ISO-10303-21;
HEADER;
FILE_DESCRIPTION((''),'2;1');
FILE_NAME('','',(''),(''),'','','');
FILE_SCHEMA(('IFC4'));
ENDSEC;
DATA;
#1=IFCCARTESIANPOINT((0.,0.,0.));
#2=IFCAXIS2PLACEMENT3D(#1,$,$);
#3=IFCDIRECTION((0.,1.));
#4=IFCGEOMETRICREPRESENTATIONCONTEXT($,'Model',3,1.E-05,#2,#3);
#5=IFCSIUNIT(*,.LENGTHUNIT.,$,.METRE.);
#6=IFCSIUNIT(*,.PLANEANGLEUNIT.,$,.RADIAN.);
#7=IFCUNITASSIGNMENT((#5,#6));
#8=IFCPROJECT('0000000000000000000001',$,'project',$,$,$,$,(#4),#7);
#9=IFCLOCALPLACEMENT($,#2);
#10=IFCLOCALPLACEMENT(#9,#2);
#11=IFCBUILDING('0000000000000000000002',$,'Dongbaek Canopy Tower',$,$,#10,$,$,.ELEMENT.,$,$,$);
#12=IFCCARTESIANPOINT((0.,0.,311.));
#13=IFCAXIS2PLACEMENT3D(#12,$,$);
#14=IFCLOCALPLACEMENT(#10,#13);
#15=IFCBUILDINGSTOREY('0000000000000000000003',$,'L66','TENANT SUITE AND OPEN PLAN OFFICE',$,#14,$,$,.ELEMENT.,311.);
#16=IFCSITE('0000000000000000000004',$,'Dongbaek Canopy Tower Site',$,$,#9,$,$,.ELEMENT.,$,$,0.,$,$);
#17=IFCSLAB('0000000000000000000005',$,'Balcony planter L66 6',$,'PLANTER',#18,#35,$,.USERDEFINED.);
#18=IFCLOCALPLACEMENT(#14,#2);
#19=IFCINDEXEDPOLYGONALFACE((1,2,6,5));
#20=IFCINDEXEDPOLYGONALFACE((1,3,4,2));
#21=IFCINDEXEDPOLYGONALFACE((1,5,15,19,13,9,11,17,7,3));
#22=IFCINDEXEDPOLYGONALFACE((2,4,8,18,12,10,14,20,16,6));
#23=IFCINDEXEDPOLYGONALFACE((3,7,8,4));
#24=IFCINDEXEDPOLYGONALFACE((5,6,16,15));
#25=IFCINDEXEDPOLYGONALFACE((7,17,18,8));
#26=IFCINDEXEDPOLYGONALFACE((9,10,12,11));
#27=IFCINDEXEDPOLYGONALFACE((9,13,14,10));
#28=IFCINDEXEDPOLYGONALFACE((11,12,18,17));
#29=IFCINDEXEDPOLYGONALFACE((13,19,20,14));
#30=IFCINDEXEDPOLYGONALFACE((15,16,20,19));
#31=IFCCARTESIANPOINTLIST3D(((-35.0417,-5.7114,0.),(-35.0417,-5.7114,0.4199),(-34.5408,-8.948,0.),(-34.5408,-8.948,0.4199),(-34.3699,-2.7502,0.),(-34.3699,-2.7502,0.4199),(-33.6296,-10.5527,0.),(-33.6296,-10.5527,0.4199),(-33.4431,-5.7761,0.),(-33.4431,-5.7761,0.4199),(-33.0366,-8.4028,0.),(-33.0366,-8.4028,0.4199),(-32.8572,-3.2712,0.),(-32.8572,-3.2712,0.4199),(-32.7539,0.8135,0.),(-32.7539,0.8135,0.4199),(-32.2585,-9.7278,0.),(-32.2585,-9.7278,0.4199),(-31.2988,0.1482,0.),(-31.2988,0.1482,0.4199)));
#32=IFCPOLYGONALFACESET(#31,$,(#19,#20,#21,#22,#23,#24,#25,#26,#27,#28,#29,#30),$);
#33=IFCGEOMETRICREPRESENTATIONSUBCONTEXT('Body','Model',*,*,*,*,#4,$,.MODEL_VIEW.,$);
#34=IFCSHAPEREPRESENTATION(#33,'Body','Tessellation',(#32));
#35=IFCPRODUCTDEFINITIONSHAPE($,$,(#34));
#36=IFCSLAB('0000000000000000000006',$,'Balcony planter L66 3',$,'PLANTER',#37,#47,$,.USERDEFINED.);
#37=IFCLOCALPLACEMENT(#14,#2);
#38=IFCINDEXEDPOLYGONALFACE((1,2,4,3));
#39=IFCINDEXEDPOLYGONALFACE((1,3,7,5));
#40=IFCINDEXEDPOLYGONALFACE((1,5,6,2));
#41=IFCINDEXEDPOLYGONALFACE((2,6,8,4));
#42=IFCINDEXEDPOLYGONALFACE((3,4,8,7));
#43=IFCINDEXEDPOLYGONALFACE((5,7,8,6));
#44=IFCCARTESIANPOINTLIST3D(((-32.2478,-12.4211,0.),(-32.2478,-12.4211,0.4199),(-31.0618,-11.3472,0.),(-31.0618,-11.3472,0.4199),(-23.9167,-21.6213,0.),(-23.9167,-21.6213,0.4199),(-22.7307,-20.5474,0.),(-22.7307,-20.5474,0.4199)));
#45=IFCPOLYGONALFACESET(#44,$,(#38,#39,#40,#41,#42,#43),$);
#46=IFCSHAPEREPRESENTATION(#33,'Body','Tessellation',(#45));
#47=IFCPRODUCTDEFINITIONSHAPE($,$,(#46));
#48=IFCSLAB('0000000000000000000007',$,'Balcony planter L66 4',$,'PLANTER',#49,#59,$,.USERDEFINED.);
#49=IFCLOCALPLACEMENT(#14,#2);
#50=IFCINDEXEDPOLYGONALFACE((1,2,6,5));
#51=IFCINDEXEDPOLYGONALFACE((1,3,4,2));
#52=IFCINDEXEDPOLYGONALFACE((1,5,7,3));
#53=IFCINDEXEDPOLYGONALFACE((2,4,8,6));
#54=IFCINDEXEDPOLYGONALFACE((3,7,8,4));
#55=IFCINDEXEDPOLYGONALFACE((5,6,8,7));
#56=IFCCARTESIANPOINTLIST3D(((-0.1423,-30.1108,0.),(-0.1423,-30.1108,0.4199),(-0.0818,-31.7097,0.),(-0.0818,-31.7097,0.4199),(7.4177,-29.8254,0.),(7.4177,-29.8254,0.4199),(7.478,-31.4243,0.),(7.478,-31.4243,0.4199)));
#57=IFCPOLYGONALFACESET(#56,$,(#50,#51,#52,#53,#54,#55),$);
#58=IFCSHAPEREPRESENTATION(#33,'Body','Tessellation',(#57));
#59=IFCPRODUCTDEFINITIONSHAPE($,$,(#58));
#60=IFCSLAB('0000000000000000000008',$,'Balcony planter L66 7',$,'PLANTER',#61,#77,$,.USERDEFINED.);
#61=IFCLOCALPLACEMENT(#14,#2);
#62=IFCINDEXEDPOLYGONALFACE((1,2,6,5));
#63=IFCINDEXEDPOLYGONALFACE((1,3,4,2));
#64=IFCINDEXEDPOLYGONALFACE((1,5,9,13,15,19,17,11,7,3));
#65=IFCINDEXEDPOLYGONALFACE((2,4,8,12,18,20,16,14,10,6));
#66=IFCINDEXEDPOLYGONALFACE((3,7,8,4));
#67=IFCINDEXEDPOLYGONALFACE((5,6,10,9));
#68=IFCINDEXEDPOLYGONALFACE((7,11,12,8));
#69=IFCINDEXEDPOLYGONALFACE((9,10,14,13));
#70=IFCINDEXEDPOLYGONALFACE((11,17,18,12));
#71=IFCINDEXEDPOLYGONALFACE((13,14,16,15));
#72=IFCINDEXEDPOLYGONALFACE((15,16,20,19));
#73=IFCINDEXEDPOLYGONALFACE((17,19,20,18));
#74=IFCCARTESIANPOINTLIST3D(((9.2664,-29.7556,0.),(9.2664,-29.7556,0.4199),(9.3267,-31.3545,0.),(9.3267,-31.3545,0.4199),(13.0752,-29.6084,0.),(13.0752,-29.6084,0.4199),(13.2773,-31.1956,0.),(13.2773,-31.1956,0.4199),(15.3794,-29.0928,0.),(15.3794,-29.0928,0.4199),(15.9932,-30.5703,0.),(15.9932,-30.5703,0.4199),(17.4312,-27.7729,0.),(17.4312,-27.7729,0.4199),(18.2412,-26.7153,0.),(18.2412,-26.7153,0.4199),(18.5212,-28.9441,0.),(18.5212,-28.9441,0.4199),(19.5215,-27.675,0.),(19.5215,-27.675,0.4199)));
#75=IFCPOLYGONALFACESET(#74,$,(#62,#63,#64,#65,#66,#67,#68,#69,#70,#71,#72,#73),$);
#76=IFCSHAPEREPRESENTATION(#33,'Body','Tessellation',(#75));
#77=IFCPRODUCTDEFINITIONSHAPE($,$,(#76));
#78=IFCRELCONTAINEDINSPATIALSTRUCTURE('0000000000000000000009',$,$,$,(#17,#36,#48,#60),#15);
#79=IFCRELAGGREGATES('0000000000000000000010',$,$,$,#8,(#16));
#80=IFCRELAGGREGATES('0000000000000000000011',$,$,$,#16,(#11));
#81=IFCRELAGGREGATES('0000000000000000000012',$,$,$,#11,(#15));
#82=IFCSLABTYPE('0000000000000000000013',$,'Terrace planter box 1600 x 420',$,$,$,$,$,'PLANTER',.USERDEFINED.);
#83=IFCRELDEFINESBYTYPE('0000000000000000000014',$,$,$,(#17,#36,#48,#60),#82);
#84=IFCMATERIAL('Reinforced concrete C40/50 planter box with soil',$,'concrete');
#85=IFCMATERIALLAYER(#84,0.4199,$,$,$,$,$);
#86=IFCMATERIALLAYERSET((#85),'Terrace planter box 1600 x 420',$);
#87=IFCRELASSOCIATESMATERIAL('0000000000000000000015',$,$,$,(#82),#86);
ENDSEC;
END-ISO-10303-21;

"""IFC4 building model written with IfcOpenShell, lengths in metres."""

from ifc_helpers import new_model, si_unit, direction, frame, origin, place, context, subcontext, project, spatial, polyline, outline, extrude, material, layer, layer_set, type_object, element, save


model = new_model("IFC4")

# Units and contexts
model_context = context("Model", 3, precision=1e-05, world=origin(), true_north=direction((0.0, 1.0)))
body_context = subcontext(model_context, "Body", "Model", "MODEL_VIEW")
ifc_project = project(units=[si_unit("LENGTHUNIT", "METRE"), si_unit("PLANEANGLEUNIT", "RADIAN")], contexts=[model_context])

# Site, building, storey
site_placement = place(None, origin())
site = spatial("IfcSite", under=ifc_project, at=site_placement, Name="Dongbaek Canopy Tower Site", CompositionType="ELEMENT", RefElevation=0.0)
building_placement = place(site_placement, origin())
building = spatial("IfcBuilding", under=site, at=building_placement, Name="Dongbaek Canopy Tower", CompositionType="ELEMENT")
storey_placement = place(building_placement, frame((0.0, 0.0, 311.0)))
storey = spatial("IfcBuildingStorey", under=building, at=storey_placement, Name="L66", Description="TENANT SUITE AND OPEN PLAN OFFICE", CompositionType="ELEMENT", Elevation=311.0)

# Slabs
ifc_material_1 = material(Name="Reinforced concrete C40/50 planter box with soil", Category="concrete")
ifc_layer_1 = layer(ifc_material_1, 0.4199)
ifc_layer_set_1 = layer_set([ifc_layer_1], Name="Terrace planter box 1600 x 420")
slab_type_1 = type_object("IfcSlabType", Name="Terrace planter box 1600 x 420", ElementType="PLANTER", PredefinedType="USERDEFINED", material=ifc_layer_set_1)
slab_1_placement = place(storey_placement, origin())
element("IfcSlab", 1, at=slab_1_placement, inside=storey, type_object=slab_type_1, Name="Balcony planter L66 6", ObjectType="PLANTER", PredefinedType="USERDEFINED", context=body_context, shape_type="SweptSolid", body=[
    extrude(outline(polyline([(-31.2988, 0.1482), (-32.8572, -3.2712), (-33.4431, -5.7761), (-33.0366, -8.4028), (-32.2585, -9.7278), (-33.6296, -10.5527), (-34.5408, -8.948), (-35.0417, -5.7114), (-34.3699, -2.7502), (-32.7539, 0.8135), (-31.2988, 0.1482)])), origin(), (0.0, 0.0, 1.0), 0.4199),
])
slab_2_placement = place(storey_placement, origin())
element("IfcSlab", 2, at=slab_2_placement, inside=storey, type_object=slab_type_1, Name="Balcony planter L66 3", ObjectType="PLANTER", PredefinedType="USERDEFINED", context=body_context, shape_type="SweptSolid", body=[
    extrude(outline(polyline([(-31.0618, -11.3472), (-22.7307, -20.5474), (-23.9167, -21.6213), (-32.2478, -12.4211), (-31.0618, -11.3472)])), origin(), (0.0, 0.0, 1.0), 0.4199),
])
slab_3_placement = place(storey_placement, origin())
element("IfcSlab", 3, at=slab_3_placement, inside=storey, type_object=slab_type_1, Name="Balcony planter L66 4", ObjectType="PLANTER", PredefinedType="USERDEFINED", context=body_context, shape_type="SweptSolid", body=[
    extrude(outline(polyline([(-0.1423, -30.1108), (7.4177, -29.8254), (7.478, -31.4243), (-0.0818, -31.7097), (-0.1423, -30.1108)])), origin(), (0.0, 0.0, 1.0), 0.4199),
])
slab_4_placement = place(storey_placement, origin())
element("IfcSlab", 4, at=slab_4_placement, inside=storey, type_object=slab_type_1, Name="Balcony planter L66 7", ObjectType="PLANTER", PredefinedType="USERDEFINED", context=body_context, shape_type="SweptSolid", body=[
    extrude(outline(polyline([(9.2664, -29.7556), (13.0752, -29.6084), (15.3794, -29.0928), (17.4312, -27.7729), (18.2412, -26.7153), (19.5215, -27.675), (18.5212, -28.9441), (15.9932, -30.5703), (13.2773, -31.1956), (9.3267, -31.3545), (9.2664, -29.7556)])), origin(), (0.0, 0.0, 1.0), 0.4199),
])

save(model, "model.ifc")
